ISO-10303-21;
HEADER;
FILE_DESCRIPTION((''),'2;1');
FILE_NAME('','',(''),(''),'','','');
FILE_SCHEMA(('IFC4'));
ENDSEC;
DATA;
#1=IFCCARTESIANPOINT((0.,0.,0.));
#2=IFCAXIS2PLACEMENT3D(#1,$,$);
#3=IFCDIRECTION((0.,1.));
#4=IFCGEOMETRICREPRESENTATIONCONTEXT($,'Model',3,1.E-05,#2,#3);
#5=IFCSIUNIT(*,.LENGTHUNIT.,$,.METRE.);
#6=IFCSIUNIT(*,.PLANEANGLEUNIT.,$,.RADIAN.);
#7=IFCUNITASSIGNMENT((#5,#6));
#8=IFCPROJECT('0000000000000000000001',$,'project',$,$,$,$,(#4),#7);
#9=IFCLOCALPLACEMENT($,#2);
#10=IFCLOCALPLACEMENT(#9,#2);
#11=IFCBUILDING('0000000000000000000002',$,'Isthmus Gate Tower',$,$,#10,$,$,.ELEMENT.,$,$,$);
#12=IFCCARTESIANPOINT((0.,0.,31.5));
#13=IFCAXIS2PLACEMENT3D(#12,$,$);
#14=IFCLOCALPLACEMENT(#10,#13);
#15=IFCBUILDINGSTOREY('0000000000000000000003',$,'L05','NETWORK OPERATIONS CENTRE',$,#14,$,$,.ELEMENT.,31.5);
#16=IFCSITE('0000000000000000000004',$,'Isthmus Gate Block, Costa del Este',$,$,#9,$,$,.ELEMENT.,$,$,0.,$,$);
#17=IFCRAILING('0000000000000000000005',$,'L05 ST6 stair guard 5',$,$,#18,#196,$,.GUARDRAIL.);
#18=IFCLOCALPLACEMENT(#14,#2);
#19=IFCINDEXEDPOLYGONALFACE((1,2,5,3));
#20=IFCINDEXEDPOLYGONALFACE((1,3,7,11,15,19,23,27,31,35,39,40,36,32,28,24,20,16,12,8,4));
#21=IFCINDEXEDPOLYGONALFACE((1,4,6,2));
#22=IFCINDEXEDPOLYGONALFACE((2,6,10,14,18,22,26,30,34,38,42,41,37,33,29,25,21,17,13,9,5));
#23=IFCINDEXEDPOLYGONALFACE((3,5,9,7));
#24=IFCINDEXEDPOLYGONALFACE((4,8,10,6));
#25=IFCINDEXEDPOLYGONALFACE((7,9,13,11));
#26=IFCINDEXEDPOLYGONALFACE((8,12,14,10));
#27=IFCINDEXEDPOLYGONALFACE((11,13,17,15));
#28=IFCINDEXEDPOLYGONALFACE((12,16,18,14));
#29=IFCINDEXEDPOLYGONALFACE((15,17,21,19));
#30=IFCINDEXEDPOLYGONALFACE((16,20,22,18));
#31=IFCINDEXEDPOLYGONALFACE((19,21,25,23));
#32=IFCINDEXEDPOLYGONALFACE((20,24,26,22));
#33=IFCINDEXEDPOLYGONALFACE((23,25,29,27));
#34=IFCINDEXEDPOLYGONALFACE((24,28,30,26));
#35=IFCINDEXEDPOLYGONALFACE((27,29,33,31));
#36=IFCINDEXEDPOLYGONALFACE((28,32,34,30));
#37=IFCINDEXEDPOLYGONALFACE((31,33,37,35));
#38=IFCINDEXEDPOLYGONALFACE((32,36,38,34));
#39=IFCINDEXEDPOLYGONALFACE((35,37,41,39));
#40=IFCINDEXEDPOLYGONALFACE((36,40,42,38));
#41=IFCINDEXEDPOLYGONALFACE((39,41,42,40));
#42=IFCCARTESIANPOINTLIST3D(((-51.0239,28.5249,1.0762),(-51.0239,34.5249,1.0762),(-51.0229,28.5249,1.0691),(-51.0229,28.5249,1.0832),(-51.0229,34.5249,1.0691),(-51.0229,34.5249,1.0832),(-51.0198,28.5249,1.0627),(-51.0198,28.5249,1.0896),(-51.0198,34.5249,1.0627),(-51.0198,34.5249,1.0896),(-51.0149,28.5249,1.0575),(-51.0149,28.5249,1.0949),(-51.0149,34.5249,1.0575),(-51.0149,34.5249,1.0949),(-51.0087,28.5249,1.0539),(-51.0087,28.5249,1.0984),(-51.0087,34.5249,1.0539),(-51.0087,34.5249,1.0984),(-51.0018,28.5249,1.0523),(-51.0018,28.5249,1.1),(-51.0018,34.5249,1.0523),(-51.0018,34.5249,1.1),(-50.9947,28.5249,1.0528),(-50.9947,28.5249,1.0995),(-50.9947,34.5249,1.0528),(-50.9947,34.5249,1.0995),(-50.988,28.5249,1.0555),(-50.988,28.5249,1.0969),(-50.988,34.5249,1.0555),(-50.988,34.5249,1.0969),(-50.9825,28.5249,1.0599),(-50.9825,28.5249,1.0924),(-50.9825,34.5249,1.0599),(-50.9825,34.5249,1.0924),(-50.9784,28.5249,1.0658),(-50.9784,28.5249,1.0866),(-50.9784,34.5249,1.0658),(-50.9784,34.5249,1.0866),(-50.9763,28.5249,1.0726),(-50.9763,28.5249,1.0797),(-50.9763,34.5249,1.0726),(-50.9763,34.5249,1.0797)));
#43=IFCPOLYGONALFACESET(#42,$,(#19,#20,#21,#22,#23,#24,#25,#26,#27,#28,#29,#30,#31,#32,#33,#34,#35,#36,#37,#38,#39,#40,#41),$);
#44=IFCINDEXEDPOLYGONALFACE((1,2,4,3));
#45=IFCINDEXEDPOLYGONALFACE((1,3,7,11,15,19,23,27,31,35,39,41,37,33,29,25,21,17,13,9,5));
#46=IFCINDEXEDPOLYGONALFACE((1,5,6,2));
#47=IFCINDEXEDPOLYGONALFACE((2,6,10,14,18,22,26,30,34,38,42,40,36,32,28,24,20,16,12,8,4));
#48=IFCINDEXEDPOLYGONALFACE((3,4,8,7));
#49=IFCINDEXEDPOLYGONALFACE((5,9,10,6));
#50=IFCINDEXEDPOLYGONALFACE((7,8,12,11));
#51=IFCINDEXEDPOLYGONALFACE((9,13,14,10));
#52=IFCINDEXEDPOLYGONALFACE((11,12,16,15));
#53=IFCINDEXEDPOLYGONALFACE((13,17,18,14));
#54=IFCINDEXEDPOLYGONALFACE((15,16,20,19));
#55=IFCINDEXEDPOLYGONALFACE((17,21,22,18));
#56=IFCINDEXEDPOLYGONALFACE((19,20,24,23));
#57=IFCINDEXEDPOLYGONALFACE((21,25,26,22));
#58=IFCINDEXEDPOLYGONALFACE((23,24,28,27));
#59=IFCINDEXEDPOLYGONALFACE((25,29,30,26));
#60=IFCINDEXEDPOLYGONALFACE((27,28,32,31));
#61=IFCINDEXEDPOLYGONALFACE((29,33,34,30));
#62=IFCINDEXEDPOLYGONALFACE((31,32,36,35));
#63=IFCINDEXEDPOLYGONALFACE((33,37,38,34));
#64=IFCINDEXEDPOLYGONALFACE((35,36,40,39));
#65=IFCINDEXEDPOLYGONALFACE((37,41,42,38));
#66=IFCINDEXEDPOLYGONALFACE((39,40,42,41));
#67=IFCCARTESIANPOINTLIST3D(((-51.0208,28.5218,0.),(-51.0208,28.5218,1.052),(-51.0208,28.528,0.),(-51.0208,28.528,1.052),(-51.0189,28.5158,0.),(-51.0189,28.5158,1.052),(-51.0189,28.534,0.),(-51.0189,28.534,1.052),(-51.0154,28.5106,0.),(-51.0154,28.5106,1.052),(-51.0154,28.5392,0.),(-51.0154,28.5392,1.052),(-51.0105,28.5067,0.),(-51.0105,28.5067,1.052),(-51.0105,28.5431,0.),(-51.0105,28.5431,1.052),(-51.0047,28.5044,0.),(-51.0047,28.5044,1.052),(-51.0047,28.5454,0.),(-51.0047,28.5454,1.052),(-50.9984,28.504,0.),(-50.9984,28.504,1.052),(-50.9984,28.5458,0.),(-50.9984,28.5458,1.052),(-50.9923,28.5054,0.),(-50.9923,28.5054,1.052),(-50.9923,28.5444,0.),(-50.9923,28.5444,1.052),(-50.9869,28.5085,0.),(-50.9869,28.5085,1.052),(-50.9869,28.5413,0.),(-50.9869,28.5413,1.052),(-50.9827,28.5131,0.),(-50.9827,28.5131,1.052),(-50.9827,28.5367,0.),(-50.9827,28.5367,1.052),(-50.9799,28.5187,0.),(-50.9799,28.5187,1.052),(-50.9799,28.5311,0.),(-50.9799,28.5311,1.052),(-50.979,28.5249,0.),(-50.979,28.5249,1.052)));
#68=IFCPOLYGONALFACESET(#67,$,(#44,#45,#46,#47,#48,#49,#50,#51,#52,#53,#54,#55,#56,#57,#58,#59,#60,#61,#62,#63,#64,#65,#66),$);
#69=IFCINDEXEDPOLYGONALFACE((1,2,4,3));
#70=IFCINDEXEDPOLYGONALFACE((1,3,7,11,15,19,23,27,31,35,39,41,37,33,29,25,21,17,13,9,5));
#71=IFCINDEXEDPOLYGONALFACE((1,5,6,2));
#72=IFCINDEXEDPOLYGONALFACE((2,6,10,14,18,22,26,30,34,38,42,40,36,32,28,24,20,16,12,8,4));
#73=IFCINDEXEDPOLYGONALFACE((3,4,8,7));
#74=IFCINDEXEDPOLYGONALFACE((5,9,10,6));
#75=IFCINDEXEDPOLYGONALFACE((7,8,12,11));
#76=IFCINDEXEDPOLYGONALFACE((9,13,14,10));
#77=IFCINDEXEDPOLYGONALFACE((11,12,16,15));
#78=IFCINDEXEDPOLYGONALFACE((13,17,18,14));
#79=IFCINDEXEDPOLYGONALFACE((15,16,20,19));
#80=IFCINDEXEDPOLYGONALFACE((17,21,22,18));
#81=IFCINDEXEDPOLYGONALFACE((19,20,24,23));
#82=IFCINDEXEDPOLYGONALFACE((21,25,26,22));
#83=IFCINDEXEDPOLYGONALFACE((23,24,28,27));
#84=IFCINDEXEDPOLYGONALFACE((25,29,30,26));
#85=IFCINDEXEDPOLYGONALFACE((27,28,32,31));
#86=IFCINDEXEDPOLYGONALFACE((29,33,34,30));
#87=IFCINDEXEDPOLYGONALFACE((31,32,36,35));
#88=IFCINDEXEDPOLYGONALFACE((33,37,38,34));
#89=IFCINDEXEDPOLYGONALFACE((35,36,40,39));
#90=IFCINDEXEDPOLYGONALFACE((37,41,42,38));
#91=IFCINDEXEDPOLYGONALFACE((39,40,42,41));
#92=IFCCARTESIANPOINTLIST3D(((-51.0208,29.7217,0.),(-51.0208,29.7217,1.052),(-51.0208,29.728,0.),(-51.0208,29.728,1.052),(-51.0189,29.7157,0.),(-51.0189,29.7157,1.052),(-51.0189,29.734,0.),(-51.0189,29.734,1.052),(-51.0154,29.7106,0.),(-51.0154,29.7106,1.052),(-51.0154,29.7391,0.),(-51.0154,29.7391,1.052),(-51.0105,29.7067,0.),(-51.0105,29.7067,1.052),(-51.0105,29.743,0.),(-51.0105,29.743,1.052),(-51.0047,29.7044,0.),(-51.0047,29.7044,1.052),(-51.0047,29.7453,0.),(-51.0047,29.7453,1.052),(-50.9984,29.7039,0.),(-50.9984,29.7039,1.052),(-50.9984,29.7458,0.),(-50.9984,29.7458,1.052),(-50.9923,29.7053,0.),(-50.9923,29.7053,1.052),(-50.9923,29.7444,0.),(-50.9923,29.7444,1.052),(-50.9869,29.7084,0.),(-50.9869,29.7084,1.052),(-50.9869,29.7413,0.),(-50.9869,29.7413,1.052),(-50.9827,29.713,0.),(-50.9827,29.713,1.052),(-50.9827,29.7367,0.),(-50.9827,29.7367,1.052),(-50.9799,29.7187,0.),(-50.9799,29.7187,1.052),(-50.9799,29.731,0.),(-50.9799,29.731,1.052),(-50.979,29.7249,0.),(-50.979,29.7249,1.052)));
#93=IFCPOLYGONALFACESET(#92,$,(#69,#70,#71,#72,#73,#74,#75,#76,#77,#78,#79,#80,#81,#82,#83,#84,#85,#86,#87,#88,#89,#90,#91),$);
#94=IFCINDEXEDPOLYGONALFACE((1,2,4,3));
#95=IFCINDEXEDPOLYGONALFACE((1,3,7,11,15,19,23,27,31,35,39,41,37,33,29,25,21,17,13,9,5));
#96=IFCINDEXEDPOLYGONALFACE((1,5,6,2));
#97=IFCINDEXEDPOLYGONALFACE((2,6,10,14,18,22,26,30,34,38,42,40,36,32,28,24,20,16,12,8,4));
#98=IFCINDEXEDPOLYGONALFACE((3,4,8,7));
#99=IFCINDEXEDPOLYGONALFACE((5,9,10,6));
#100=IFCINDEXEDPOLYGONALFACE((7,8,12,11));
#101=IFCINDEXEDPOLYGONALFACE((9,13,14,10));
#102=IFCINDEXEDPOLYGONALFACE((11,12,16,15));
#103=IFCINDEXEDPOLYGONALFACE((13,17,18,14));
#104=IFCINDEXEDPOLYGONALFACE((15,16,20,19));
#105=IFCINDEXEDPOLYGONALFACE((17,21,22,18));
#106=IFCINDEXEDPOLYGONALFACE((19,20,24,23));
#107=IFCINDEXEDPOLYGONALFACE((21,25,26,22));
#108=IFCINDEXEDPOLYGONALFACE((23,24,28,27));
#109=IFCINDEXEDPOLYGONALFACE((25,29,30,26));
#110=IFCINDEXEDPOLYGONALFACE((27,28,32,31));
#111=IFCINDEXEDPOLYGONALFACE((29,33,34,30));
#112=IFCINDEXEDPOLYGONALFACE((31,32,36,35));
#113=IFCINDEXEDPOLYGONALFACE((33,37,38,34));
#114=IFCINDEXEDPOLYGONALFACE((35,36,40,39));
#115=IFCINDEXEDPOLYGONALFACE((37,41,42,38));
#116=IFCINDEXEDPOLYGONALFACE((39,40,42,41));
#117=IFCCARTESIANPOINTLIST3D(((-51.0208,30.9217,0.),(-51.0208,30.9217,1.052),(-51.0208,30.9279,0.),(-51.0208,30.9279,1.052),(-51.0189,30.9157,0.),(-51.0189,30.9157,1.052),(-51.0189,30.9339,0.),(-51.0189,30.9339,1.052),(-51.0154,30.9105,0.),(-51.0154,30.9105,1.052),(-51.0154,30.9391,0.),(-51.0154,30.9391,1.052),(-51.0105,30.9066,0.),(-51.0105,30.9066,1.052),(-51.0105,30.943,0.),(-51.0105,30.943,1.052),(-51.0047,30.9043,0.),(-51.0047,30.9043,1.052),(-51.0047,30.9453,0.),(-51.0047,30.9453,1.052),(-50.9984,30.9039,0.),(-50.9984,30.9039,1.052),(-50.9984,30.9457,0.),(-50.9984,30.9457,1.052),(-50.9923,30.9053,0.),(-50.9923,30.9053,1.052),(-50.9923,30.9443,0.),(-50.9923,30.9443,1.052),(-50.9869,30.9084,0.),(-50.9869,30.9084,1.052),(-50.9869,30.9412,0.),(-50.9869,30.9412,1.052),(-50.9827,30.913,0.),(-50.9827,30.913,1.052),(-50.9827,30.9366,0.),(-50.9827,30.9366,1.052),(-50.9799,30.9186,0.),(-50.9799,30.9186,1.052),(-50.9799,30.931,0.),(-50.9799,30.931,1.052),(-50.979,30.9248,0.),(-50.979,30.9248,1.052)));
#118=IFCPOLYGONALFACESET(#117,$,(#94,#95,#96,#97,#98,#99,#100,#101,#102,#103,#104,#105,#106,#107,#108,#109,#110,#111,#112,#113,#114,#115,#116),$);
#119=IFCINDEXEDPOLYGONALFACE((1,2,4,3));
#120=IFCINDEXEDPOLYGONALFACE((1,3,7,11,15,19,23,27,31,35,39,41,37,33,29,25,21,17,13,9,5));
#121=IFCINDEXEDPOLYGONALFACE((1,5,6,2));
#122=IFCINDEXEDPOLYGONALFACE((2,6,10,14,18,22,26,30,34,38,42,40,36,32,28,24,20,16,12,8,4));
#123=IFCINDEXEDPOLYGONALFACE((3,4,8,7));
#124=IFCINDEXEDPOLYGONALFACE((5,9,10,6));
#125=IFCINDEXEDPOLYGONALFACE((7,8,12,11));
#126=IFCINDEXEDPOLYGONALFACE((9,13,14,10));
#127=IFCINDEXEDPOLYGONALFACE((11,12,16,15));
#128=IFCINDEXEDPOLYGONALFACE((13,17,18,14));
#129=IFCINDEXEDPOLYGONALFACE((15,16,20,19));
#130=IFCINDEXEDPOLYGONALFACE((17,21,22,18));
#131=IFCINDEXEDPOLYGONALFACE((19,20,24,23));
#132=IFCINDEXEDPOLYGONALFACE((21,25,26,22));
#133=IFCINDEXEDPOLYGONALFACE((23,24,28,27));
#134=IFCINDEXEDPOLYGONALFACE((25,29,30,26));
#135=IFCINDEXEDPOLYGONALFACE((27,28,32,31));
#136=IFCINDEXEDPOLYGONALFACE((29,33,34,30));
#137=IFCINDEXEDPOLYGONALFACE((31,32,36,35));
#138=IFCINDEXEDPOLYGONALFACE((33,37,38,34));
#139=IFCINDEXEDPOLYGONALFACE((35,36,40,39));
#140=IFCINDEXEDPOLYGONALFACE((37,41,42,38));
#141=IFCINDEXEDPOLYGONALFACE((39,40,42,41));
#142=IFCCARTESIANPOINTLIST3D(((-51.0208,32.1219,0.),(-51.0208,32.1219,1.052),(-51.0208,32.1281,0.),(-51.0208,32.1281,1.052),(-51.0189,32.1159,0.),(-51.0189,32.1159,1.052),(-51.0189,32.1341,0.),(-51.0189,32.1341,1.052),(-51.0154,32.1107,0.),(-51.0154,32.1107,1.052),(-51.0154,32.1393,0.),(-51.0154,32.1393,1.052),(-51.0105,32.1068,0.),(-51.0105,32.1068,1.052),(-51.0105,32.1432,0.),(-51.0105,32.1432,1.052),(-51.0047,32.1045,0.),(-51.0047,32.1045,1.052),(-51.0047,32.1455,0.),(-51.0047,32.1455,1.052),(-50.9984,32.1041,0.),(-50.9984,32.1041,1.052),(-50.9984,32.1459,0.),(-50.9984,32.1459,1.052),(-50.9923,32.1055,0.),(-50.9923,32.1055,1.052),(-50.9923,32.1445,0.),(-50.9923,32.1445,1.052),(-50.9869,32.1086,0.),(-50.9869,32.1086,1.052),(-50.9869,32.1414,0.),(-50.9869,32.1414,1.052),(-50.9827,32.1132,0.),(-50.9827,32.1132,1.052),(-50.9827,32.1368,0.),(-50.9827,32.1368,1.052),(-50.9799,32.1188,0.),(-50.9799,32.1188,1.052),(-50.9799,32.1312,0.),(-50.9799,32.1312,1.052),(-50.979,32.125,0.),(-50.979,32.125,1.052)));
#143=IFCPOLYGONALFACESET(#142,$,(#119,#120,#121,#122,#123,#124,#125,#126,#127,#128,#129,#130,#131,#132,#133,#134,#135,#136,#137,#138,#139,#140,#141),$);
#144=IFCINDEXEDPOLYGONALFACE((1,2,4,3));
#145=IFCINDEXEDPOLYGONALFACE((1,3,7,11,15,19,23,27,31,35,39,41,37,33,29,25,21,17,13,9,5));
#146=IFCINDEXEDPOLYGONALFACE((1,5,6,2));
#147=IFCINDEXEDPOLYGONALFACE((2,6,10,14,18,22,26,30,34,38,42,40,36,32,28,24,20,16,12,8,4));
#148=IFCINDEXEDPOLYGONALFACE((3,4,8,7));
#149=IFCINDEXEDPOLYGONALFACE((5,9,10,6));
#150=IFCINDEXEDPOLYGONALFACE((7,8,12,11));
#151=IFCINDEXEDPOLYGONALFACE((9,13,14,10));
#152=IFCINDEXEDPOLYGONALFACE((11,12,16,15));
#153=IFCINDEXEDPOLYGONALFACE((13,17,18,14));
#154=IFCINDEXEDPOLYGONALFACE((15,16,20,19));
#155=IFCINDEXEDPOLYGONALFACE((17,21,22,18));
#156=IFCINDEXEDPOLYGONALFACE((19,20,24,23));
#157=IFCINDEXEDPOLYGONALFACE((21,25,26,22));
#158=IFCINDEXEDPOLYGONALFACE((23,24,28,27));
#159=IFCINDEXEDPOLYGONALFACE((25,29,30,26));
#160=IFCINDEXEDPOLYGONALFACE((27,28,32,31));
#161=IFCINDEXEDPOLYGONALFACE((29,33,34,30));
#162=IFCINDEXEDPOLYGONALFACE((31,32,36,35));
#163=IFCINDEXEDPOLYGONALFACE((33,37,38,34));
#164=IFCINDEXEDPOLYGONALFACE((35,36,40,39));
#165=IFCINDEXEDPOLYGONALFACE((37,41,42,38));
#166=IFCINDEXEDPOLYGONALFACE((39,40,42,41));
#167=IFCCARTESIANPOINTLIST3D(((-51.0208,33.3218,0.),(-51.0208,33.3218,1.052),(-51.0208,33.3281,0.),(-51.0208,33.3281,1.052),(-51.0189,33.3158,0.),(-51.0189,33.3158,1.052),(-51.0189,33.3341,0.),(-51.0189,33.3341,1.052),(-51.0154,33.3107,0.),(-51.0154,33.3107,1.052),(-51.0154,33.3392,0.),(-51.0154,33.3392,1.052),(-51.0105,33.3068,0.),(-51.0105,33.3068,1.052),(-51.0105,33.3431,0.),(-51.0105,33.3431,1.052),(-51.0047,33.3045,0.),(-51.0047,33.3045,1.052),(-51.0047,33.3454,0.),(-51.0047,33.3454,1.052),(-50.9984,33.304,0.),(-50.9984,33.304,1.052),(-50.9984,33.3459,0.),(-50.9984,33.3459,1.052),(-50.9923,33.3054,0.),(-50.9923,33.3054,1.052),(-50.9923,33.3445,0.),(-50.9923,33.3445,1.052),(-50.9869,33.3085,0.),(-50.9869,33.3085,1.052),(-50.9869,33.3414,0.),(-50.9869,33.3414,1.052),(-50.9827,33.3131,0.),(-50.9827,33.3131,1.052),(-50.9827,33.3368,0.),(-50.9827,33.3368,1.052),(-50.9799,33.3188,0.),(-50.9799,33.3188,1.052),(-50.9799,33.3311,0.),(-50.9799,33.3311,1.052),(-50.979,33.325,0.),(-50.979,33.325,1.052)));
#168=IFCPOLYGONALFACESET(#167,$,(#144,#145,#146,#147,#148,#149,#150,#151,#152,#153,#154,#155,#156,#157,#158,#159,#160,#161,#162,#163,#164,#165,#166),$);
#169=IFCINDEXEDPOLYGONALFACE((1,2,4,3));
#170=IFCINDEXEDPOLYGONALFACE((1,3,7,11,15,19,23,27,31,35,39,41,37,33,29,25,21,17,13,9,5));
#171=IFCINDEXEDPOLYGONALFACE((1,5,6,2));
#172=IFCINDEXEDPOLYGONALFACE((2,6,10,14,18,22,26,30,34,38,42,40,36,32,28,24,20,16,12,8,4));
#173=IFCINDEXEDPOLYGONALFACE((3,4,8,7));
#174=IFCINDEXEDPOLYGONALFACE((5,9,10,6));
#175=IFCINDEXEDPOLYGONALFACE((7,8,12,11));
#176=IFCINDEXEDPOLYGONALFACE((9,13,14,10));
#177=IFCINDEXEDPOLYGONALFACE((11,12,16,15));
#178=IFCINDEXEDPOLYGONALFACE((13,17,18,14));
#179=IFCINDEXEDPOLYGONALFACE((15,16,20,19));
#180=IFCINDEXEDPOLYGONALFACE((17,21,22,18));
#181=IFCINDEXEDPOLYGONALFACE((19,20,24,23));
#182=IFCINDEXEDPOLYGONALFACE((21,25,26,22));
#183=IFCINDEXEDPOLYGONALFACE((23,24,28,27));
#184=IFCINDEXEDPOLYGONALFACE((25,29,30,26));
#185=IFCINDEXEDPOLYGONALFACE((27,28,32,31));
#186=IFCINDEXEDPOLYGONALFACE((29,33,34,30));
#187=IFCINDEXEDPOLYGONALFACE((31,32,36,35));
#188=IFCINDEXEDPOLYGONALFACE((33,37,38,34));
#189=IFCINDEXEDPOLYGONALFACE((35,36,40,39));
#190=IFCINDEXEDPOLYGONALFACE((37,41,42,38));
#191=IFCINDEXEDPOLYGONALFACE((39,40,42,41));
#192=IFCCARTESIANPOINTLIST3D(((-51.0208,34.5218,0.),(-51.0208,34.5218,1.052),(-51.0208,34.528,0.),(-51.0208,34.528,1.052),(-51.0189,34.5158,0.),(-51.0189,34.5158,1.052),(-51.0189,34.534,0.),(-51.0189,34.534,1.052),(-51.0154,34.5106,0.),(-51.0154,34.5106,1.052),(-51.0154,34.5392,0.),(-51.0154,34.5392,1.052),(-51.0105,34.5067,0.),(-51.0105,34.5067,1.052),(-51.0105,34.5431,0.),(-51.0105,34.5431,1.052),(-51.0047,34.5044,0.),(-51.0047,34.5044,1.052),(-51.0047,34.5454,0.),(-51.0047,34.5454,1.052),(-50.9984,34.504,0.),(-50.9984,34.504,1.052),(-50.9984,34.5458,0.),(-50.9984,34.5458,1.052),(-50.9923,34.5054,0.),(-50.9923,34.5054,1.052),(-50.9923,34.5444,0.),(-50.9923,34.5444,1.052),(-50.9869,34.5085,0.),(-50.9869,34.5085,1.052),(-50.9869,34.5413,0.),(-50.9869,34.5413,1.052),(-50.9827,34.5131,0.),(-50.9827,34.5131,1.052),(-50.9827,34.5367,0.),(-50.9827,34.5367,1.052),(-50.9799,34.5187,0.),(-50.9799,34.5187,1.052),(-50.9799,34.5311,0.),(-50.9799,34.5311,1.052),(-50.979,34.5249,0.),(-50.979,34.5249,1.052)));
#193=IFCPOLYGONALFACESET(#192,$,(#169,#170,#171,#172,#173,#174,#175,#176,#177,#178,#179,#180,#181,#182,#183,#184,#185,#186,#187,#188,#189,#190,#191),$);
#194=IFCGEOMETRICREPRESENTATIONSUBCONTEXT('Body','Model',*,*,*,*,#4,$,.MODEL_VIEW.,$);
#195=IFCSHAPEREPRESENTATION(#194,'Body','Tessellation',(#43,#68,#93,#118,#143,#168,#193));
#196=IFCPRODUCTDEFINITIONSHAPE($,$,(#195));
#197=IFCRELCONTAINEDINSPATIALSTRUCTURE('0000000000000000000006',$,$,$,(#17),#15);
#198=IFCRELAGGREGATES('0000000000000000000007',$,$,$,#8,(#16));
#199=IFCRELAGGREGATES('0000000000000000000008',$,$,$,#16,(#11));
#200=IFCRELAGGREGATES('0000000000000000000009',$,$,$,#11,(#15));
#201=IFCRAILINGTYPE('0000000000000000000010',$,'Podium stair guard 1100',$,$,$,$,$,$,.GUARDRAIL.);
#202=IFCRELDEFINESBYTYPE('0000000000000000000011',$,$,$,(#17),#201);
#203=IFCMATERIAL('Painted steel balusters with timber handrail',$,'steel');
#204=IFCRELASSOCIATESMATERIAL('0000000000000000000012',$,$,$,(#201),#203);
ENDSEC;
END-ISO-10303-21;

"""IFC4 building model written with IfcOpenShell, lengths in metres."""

from ifc_helpers import new_model, si_unit, direction, frame, origin, origin_2d, place, context, subcontext, project, spatial, circle, extrude, material, type_object, element, save


model = new_model("IFC4")

# Units and contexts
model_context = context("Model", 3, precision=1e-05, world=origin(), true_north=direction((0.0, 1.0)))
body_context = subcontext(model_context, "Body", "Model", "MODEL_VIEW")
ifc_project = project(units=[si_unit("LENGTHUNIT", "METRE"), si_unit("PLANEANGLEUNIT", "RADIAN")], contexts=[model_context])

# Site, building, storey
site_placement = place(None, origin())
site = spatial("IfcSite", under=ifc_project, at=site_placement, Name="Isthmus Gate Block, Costa del Este", CompositionType="ELEMENT", RefElevation=0.0)
building_placement = place(site_placement, origin())
building = spatial("IfcBuilding", under=site, at=building_placement, Name="Isthmus Gate Tower", CompositionType="ELEMENT")
storey_placement = place(building_placement, frame((0.0, 0.0, 31.5)))
storey = spatial("IfcBuildingStorey", under=building, at=storey_placement, Name="L05", Description="NETWORK OPERATIONS CENTRE", CompositionType="ELEMENT", Elevation=31.5)

# Railing
ifc_material_1 = material(Name="Painted steel balusters with timber handrail", Category="steel")
railing_type_1 = type_object("IfcRailingType", Name="Podium stair guard 1100", PredefinedType="GUARDRAIL", material=ifc_material_1)
railing_1_placement = place(storey_placement, frame((-51.0, 28.5249, 0.0)))
element("IfcRailing", 1, at=railing_1_placement, inside=storey, type_object=railing_type_1, Name="L05 ST6 stair guard 5", PredefinedType="GUARDRAIL", context=body_context, shape_type="SweptSolid", body=[
    extrude(circle(Radius=0.0239, at=origin_2d()), frame((0.0, 0.0, 1.0762), z_axis=(0.0, 1.0, 0.0), x_axis=(-1.0, 0.0, 0.0)), (0.0, 0.0, 1.0), 6.0),
    extrude(circle(Radius=0.021, at=origin_2d()), origin(), (0.0, 0.0, 1.0), 1.052),
    extrude(circle(Radius=0.021, at=origin_2d()), frame((0.0, 1.2, 0.0)), (0.0, 0.0, 1.0), 1.052),
    extrude(circle(Radius=0.021, at=origin_2d()), frame((0.0, 2.3999, 0.0)), (0.0, 0.0, 1.0), 1.052),
    extrude(circle(Radius=0.021, at=origin_2d()), frame((0.0, 3.6001, 0.0)), (0.0, 0.0, 1.0), 1.052),
    extrude(circle(Radius=0.021, at=origin_2d()), frame((0.0, 4.8, 0.0)), (0.0, 0.0, 1.0), 1.052),
    extrude(circle(Radius=0.021, at=origin_2d()), frame((0.0, 6.0, 0.0)), (0.0, 0.0, 1.0), 1.052),
])

save(model, "model.ifc")
